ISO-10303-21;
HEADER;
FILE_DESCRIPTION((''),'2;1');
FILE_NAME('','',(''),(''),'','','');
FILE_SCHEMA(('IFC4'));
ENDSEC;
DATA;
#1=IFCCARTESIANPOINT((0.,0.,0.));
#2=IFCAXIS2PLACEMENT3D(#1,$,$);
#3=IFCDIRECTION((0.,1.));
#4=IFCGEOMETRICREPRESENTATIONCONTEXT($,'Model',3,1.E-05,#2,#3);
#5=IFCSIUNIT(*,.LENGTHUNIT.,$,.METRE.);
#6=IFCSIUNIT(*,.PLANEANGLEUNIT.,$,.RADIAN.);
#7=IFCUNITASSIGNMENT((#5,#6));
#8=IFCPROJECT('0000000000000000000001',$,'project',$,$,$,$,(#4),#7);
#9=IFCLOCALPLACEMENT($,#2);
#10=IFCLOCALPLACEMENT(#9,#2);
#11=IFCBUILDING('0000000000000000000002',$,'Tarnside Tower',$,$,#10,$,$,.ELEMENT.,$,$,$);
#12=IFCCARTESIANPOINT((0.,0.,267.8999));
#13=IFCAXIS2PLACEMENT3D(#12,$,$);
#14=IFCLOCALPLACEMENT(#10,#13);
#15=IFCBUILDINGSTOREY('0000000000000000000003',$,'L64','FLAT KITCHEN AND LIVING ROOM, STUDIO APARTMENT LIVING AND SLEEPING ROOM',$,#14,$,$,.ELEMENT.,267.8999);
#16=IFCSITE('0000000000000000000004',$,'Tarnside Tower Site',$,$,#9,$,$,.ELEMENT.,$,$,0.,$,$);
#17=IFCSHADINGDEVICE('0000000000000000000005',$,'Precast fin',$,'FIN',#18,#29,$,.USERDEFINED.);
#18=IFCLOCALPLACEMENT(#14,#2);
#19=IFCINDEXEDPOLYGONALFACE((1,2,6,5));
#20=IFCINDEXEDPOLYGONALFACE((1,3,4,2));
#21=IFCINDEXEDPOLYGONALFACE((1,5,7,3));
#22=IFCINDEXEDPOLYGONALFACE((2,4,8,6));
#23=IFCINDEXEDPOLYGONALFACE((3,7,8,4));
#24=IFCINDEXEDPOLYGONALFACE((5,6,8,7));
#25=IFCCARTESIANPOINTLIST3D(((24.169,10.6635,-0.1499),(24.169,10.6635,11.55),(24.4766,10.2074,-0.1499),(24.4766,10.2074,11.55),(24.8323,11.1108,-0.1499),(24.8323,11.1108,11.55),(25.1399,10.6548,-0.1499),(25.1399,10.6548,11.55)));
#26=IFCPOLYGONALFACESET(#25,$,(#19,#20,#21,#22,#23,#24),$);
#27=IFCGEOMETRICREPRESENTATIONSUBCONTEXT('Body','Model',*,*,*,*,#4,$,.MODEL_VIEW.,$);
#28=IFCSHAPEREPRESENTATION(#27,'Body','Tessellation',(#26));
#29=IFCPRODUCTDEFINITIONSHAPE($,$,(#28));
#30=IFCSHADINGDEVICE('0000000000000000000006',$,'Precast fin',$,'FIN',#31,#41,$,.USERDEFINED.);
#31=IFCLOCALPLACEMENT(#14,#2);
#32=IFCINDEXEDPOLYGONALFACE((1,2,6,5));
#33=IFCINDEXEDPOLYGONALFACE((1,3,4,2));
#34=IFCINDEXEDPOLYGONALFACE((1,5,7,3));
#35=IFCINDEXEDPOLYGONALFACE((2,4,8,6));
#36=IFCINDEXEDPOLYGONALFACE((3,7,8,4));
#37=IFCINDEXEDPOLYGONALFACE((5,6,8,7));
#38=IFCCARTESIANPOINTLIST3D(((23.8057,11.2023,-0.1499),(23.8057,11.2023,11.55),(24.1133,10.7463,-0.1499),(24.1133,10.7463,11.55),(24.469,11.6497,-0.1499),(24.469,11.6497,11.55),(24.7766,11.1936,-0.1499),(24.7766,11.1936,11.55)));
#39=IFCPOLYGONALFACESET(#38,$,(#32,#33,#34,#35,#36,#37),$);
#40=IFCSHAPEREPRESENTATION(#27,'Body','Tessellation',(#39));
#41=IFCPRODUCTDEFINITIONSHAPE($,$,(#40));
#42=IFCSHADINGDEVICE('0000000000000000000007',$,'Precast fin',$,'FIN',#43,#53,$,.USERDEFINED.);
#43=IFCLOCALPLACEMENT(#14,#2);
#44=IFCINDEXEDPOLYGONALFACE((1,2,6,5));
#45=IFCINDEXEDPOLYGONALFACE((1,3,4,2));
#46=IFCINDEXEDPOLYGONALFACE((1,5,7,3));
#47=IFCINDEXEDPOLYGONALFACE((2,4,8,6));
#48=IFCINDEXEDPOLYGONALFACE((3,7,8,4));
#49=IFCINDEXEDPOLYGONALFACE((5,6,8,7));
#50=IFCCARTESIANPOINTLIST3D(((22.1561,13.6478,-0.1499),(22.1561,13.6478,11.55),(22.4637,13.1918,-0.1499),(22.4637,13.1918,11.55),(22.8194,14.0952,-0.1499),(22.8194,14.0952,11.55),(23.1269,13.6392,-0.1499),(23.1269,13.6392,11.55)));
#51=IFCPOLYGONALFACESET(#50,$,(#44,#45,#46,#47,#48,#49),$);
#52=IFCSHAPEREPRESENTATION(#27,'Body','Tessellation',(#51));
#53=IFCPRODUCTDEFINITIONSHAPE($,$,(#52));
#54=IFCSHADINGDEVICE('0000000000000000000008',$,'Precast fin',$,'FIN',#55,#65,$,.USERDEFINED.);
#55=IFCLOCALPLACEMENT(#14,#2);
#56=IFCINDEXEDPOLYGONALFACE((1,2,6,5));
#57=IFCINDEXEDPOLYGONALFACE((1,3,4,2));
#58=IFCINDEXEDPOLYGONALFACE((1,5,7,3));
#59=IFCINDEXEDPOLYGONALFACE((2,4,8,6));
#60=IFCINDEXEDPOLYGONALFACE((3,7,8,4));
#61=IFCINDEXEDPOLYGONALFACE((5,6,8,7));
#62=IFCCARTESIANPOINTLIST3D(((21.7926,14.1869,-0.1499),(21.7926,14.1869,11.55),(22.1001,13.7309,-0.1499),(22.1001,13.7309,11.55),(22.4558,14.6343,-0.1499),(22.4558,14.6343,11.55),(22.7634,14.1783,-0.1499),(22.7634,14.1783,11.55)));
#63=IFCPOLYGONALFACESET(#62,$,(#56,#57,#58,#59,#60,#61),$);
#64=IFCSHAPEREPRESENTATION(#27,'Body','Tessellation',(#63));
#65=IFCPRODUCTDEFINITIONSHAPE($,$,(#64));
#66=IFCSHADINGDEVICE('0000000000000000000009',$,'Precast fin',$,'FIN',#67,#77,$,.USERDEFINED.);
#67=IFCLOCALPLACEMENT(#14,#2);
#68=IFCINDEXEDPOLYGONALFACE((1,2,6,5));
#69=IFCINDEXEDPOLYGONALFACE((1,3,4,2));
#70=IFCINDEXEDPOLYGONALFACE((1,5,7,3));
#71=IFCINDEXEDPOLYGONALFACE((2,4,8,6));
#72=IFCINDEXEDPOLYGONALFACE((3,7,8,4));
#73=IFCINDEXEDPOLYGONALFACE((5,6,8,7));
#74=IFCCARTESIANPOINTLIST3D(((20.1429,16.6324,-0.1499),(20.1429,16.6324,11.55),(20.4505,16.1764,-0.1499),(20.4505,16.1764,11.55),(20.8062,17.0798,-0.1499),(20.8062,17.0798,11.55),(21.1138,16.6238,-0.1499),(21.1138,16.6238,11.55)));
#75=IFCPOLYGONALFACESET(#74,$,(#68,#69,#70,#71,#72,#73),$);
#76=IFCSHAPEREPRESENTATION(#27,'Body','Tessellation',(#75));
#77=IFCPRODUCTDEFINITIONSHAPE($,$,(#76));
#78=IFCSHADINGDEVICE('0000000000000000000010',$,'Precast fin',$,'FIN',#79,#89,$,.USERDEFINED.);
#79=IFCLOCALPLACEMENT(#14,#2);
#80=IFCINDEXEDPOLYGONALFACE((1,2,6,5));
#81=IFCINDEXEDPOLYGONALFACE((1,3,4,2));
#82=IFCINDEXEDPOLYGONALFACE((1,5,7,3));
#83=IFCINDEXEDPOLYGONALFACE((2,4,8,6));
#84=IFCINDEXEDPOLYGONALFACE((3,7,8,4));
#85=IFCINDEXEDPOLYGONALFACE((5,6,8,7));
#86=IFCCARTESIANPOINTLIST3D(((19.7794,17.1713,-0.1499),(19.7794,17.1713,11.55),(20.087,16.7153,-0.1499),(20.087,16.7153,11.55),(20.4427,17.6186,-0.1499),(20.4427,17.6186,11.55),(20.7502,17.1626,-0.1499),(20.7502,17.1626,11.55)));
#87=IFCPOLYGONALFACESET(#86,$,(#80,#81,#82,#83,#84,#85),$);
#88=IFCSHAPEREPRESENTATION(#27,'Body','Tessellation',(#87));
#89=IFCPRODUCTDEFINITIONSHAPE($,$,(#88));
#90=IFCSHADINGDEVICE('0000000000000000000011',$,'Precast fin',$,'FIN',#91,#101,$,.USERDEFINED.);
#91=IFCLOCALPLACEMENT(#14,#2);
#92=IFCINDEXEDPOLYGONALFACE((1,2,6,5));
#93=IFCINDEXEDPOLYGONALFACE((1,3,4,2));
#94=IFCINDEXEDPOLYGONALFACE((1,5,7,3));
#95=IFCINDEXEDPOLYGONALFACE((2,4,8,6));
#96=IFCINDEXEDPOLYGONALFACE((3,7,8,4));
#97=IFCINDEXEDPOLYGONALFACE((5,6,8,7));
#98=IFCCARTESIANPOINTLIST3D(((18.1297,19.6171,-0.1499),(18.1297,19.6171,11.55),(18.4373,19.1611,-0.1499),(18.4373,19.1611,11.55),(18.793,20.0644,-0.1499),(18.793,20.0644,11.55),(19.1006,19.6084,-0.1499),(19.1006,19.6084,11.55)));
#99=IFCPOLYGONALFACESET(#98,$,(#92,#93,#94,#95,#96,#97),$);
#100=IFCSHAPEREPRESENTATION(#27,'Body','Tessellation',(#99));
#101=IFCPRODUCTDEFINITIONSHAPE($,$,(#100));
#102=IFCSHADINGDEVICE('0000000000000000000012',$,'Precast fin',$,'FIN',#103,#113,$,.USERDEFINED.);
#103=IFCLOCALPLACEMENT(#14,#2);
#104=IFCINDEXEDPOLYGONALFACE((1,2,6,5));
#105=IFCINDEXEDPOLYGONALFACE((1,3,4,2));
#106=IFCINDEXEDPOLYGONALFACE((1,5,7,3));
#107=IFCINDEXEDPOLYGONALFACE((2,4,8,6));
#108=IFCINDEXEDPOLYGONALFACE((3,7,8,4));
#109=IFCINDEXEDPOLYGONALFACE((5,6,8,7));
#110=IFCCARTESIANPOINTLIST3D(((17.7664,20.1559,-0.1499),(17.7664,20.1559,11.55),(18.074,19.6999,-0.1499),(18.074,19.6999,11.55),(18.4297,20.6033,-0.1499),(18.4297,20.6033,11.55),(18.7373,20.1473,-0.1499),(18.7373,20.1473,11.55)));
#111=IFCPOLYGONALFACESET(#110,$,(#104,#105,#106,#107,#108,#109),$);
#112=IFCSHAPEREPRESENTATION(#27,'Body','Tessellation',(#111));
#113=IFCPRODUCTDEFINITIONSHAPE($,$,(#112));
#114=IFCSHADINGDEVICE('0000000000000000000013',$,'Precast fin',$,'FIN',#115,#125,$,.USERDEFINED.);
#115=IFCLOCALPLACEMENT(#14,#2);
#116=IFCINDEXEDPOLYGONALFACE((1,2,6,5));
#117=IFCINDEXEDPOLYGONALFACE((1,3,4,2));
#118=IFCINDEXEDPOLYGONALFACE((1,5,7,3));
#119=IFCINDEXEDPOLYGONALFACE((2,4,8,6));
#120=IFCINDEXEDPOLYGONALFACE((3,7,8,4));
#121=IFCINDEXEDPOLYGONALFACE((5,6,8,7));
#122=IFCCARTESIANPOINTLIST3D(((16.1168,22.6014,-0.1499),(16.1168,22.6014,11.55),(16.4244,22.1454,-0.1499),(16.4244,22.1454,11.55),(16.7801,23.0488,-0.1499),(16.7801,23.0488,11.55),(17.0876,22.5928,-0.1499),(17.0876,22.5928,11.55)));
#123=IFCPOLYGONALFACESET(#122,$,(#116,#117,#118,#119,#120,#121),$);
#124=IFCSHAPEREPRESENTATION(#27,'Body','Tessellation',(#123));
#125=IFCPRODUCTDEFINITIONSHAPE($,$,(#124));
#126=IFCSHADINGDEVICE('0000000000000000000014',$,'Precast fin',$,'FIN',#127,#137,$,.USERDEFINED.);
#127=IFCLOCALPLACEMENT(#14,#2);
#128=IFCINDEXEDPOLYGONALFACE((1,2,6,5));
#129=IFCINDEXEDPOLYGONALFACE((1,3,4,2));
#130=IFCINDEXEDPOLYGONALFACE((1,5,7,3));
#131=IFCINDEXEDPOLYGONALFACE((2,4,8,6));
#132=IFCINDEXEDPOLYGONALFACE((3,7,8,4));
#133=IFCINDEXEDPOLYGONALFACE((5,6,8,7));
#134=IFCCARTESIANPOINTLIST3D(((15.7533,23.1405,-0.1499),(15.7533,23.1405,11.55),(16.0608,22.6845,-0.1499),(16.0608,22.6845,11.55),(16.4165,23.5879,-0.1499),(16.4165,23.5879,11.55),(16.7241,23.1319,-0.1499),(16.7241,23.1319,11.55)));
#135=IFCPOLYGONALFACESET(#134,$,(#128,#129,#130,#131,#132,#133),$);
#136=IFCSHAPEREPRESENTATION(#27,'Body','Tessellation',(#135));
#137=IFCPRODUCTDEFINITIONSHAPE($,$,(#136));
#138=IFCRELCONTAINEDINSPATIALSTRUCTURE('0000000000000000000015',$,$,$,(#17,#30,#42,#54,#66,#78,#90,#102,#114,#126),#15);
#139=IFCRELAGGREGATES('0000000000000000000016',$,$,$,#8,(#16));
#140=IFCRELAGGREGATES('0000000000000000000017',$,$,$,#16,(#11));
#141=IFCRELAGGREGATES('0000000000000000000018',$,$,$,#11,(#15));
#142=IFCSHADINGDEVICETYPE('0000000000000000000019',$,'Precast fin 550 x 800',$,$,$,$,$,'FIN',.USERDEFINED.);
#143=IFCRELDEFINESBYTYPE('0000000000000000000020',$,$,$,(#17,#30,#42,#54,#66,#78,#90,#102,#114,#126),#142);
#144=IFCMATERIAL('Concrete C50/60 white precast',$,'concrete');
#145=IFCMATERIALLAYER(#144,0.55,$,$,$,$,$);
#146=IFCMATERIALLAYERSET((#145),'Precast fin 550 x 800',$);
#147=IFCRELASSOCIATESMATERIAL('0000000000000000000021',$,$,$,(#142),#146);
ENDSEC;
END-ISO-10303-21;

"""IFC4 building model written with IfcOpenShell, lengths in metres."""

from ifc_helpers import new_model, si_unit, direction, frame, origin, place, context, subcontext, project, spatial, polyline, outline, extrude, material, layer, layer_set, type_object, element, save


model = new_model("IFC4")

# Units and contexts
model_context = context("Model", 3, precision=1e-05, world=origin(), true_north=direction((0.0, 1.0)))
body_context = subcontext(model_context, "Body", "Model", "MODEL_VIEW")
ifc_project = project(units=[si_unit("LENGTHUNIT", "METRE"), si_unit("PLANEANGLEUNIT", "RADIAN")], contexts=[model_context])

# Site, building, storey
site_placement = place(None, origin())
site = spatial("IfcSite", under=ifc_project, at=site_placement, Name="Tarnside Tower Site", CompositionType="ELEMENT", RefElevation=0.0)
building_placement = place(site_placement, origin())
building = spatial("IfcBuilding", under=site, at=building_placement, Name="Tarnside Tower", CompositionType="ELEMENT")
storey_placement = place(building_placement, frame((0.0, 0.0, 267.8999)))
storey = spatial("IfcBuildingStorey", under=building, at=storey_placement, Name="L64", Description="FLAT KITCHEN AND LIVING ROOM, STUDIO APARTMENT LIVING AND SLEEPING ROOM", CompositionType="ELEMENT", Elevation=267.8999)

# Shading devices
ifc_material_1 = material(Name="Concrete C50/60 white precast", Category="concrete")
ifc_layer_1 = layer(ifc_material_1, 0.55)
ifc_layer_set_1 = layer_set([ifc_layer_1], Name="Precast fin 550 x 800")
shading_device_type_1 = type_object("IfcShadingDeviceType", Name="Precast fin 550 x 800", ElementType="FIN", PredefinedType="USERDEFINED", material=ifc_layer_set_1)
for number, where, z_axis, x_axis, name in (
    (1, (24.3228, 10.4355, -0.1499), (0.559193, -0.829038, 0.0), (0.829038, 0.559193, 0.0), "Precast fin"),
    (2, (23.9595, 10.9744, -0.1499), (0.559193, -0.829038, 0.0), (0.829038, 0.559193, 0.0), "Precast fin"),
    (3, (22.3098, 13.4199, -0.1499), (0.559193, -0.829038, 0.0), (0.829038, 0.559193, 0.0), "Precast fin"),
    (4, (21.9463, 13.959, -0.1499), (0.559193, -0.829038, 0.0), (0.829038, 0.559193, 0.0), "Precast fin"),
    (5, (20.2966, 16.4045, -0.1499), (0.559193, -0.829038, 0.0), (0.829038, 0.559193, 0.0), "Precast fin"),
    (6, (19.9331, 16.9434, -0.1499), (0.559193, -0.829038, 0.0), (0.829038, 0.559193, 0.0), "Precast fin"),
    (7, (18.2834, 19.3892, -0.1499), (0.559193, -0.829038, 0.0), (0.829038, 0.559193, 0.0), "Precast fin"),
    (8, (17.9202, 19.928, -0.1499), (0.559193, -0.829038, 0.0), (0.829038, 0.559193, 0.0), "Precast fin"),
    (9, (16.2705, 22.3735, -0.1499), (0.559193, -0.829038, 0.0), (0.829038, 0.559193, 0.0), "Precast fin"),
    (10, (15.907, 22.9126, -0.1499), (0.559193, -0.829038, 0.0), (0.829038, 0.559193, 0.0), "Precast fin"),
):
    element("IfcShadingDevice", number, at=place(storey_placement, frame(where, z_axis=z_axis, x_axis=x_axis)), inside=storey, type_object=shading_device_type_1, Name=name, ObjectType="FIN", PredefinedType="USERDEFINED", context=body_context, shape_type="SweptSolid", body=[
        extrude(outline(polyline([(0.0, 0.0), (0.8, 0.0), (0.8, 11.7), (0.0, 11.7), (0.0, 0.0)])), frame((0.0, 0.0, -0.2749)), (0.0, 0.0, 1.0), 0.55),
    ])

save(model, "model.ifc")
